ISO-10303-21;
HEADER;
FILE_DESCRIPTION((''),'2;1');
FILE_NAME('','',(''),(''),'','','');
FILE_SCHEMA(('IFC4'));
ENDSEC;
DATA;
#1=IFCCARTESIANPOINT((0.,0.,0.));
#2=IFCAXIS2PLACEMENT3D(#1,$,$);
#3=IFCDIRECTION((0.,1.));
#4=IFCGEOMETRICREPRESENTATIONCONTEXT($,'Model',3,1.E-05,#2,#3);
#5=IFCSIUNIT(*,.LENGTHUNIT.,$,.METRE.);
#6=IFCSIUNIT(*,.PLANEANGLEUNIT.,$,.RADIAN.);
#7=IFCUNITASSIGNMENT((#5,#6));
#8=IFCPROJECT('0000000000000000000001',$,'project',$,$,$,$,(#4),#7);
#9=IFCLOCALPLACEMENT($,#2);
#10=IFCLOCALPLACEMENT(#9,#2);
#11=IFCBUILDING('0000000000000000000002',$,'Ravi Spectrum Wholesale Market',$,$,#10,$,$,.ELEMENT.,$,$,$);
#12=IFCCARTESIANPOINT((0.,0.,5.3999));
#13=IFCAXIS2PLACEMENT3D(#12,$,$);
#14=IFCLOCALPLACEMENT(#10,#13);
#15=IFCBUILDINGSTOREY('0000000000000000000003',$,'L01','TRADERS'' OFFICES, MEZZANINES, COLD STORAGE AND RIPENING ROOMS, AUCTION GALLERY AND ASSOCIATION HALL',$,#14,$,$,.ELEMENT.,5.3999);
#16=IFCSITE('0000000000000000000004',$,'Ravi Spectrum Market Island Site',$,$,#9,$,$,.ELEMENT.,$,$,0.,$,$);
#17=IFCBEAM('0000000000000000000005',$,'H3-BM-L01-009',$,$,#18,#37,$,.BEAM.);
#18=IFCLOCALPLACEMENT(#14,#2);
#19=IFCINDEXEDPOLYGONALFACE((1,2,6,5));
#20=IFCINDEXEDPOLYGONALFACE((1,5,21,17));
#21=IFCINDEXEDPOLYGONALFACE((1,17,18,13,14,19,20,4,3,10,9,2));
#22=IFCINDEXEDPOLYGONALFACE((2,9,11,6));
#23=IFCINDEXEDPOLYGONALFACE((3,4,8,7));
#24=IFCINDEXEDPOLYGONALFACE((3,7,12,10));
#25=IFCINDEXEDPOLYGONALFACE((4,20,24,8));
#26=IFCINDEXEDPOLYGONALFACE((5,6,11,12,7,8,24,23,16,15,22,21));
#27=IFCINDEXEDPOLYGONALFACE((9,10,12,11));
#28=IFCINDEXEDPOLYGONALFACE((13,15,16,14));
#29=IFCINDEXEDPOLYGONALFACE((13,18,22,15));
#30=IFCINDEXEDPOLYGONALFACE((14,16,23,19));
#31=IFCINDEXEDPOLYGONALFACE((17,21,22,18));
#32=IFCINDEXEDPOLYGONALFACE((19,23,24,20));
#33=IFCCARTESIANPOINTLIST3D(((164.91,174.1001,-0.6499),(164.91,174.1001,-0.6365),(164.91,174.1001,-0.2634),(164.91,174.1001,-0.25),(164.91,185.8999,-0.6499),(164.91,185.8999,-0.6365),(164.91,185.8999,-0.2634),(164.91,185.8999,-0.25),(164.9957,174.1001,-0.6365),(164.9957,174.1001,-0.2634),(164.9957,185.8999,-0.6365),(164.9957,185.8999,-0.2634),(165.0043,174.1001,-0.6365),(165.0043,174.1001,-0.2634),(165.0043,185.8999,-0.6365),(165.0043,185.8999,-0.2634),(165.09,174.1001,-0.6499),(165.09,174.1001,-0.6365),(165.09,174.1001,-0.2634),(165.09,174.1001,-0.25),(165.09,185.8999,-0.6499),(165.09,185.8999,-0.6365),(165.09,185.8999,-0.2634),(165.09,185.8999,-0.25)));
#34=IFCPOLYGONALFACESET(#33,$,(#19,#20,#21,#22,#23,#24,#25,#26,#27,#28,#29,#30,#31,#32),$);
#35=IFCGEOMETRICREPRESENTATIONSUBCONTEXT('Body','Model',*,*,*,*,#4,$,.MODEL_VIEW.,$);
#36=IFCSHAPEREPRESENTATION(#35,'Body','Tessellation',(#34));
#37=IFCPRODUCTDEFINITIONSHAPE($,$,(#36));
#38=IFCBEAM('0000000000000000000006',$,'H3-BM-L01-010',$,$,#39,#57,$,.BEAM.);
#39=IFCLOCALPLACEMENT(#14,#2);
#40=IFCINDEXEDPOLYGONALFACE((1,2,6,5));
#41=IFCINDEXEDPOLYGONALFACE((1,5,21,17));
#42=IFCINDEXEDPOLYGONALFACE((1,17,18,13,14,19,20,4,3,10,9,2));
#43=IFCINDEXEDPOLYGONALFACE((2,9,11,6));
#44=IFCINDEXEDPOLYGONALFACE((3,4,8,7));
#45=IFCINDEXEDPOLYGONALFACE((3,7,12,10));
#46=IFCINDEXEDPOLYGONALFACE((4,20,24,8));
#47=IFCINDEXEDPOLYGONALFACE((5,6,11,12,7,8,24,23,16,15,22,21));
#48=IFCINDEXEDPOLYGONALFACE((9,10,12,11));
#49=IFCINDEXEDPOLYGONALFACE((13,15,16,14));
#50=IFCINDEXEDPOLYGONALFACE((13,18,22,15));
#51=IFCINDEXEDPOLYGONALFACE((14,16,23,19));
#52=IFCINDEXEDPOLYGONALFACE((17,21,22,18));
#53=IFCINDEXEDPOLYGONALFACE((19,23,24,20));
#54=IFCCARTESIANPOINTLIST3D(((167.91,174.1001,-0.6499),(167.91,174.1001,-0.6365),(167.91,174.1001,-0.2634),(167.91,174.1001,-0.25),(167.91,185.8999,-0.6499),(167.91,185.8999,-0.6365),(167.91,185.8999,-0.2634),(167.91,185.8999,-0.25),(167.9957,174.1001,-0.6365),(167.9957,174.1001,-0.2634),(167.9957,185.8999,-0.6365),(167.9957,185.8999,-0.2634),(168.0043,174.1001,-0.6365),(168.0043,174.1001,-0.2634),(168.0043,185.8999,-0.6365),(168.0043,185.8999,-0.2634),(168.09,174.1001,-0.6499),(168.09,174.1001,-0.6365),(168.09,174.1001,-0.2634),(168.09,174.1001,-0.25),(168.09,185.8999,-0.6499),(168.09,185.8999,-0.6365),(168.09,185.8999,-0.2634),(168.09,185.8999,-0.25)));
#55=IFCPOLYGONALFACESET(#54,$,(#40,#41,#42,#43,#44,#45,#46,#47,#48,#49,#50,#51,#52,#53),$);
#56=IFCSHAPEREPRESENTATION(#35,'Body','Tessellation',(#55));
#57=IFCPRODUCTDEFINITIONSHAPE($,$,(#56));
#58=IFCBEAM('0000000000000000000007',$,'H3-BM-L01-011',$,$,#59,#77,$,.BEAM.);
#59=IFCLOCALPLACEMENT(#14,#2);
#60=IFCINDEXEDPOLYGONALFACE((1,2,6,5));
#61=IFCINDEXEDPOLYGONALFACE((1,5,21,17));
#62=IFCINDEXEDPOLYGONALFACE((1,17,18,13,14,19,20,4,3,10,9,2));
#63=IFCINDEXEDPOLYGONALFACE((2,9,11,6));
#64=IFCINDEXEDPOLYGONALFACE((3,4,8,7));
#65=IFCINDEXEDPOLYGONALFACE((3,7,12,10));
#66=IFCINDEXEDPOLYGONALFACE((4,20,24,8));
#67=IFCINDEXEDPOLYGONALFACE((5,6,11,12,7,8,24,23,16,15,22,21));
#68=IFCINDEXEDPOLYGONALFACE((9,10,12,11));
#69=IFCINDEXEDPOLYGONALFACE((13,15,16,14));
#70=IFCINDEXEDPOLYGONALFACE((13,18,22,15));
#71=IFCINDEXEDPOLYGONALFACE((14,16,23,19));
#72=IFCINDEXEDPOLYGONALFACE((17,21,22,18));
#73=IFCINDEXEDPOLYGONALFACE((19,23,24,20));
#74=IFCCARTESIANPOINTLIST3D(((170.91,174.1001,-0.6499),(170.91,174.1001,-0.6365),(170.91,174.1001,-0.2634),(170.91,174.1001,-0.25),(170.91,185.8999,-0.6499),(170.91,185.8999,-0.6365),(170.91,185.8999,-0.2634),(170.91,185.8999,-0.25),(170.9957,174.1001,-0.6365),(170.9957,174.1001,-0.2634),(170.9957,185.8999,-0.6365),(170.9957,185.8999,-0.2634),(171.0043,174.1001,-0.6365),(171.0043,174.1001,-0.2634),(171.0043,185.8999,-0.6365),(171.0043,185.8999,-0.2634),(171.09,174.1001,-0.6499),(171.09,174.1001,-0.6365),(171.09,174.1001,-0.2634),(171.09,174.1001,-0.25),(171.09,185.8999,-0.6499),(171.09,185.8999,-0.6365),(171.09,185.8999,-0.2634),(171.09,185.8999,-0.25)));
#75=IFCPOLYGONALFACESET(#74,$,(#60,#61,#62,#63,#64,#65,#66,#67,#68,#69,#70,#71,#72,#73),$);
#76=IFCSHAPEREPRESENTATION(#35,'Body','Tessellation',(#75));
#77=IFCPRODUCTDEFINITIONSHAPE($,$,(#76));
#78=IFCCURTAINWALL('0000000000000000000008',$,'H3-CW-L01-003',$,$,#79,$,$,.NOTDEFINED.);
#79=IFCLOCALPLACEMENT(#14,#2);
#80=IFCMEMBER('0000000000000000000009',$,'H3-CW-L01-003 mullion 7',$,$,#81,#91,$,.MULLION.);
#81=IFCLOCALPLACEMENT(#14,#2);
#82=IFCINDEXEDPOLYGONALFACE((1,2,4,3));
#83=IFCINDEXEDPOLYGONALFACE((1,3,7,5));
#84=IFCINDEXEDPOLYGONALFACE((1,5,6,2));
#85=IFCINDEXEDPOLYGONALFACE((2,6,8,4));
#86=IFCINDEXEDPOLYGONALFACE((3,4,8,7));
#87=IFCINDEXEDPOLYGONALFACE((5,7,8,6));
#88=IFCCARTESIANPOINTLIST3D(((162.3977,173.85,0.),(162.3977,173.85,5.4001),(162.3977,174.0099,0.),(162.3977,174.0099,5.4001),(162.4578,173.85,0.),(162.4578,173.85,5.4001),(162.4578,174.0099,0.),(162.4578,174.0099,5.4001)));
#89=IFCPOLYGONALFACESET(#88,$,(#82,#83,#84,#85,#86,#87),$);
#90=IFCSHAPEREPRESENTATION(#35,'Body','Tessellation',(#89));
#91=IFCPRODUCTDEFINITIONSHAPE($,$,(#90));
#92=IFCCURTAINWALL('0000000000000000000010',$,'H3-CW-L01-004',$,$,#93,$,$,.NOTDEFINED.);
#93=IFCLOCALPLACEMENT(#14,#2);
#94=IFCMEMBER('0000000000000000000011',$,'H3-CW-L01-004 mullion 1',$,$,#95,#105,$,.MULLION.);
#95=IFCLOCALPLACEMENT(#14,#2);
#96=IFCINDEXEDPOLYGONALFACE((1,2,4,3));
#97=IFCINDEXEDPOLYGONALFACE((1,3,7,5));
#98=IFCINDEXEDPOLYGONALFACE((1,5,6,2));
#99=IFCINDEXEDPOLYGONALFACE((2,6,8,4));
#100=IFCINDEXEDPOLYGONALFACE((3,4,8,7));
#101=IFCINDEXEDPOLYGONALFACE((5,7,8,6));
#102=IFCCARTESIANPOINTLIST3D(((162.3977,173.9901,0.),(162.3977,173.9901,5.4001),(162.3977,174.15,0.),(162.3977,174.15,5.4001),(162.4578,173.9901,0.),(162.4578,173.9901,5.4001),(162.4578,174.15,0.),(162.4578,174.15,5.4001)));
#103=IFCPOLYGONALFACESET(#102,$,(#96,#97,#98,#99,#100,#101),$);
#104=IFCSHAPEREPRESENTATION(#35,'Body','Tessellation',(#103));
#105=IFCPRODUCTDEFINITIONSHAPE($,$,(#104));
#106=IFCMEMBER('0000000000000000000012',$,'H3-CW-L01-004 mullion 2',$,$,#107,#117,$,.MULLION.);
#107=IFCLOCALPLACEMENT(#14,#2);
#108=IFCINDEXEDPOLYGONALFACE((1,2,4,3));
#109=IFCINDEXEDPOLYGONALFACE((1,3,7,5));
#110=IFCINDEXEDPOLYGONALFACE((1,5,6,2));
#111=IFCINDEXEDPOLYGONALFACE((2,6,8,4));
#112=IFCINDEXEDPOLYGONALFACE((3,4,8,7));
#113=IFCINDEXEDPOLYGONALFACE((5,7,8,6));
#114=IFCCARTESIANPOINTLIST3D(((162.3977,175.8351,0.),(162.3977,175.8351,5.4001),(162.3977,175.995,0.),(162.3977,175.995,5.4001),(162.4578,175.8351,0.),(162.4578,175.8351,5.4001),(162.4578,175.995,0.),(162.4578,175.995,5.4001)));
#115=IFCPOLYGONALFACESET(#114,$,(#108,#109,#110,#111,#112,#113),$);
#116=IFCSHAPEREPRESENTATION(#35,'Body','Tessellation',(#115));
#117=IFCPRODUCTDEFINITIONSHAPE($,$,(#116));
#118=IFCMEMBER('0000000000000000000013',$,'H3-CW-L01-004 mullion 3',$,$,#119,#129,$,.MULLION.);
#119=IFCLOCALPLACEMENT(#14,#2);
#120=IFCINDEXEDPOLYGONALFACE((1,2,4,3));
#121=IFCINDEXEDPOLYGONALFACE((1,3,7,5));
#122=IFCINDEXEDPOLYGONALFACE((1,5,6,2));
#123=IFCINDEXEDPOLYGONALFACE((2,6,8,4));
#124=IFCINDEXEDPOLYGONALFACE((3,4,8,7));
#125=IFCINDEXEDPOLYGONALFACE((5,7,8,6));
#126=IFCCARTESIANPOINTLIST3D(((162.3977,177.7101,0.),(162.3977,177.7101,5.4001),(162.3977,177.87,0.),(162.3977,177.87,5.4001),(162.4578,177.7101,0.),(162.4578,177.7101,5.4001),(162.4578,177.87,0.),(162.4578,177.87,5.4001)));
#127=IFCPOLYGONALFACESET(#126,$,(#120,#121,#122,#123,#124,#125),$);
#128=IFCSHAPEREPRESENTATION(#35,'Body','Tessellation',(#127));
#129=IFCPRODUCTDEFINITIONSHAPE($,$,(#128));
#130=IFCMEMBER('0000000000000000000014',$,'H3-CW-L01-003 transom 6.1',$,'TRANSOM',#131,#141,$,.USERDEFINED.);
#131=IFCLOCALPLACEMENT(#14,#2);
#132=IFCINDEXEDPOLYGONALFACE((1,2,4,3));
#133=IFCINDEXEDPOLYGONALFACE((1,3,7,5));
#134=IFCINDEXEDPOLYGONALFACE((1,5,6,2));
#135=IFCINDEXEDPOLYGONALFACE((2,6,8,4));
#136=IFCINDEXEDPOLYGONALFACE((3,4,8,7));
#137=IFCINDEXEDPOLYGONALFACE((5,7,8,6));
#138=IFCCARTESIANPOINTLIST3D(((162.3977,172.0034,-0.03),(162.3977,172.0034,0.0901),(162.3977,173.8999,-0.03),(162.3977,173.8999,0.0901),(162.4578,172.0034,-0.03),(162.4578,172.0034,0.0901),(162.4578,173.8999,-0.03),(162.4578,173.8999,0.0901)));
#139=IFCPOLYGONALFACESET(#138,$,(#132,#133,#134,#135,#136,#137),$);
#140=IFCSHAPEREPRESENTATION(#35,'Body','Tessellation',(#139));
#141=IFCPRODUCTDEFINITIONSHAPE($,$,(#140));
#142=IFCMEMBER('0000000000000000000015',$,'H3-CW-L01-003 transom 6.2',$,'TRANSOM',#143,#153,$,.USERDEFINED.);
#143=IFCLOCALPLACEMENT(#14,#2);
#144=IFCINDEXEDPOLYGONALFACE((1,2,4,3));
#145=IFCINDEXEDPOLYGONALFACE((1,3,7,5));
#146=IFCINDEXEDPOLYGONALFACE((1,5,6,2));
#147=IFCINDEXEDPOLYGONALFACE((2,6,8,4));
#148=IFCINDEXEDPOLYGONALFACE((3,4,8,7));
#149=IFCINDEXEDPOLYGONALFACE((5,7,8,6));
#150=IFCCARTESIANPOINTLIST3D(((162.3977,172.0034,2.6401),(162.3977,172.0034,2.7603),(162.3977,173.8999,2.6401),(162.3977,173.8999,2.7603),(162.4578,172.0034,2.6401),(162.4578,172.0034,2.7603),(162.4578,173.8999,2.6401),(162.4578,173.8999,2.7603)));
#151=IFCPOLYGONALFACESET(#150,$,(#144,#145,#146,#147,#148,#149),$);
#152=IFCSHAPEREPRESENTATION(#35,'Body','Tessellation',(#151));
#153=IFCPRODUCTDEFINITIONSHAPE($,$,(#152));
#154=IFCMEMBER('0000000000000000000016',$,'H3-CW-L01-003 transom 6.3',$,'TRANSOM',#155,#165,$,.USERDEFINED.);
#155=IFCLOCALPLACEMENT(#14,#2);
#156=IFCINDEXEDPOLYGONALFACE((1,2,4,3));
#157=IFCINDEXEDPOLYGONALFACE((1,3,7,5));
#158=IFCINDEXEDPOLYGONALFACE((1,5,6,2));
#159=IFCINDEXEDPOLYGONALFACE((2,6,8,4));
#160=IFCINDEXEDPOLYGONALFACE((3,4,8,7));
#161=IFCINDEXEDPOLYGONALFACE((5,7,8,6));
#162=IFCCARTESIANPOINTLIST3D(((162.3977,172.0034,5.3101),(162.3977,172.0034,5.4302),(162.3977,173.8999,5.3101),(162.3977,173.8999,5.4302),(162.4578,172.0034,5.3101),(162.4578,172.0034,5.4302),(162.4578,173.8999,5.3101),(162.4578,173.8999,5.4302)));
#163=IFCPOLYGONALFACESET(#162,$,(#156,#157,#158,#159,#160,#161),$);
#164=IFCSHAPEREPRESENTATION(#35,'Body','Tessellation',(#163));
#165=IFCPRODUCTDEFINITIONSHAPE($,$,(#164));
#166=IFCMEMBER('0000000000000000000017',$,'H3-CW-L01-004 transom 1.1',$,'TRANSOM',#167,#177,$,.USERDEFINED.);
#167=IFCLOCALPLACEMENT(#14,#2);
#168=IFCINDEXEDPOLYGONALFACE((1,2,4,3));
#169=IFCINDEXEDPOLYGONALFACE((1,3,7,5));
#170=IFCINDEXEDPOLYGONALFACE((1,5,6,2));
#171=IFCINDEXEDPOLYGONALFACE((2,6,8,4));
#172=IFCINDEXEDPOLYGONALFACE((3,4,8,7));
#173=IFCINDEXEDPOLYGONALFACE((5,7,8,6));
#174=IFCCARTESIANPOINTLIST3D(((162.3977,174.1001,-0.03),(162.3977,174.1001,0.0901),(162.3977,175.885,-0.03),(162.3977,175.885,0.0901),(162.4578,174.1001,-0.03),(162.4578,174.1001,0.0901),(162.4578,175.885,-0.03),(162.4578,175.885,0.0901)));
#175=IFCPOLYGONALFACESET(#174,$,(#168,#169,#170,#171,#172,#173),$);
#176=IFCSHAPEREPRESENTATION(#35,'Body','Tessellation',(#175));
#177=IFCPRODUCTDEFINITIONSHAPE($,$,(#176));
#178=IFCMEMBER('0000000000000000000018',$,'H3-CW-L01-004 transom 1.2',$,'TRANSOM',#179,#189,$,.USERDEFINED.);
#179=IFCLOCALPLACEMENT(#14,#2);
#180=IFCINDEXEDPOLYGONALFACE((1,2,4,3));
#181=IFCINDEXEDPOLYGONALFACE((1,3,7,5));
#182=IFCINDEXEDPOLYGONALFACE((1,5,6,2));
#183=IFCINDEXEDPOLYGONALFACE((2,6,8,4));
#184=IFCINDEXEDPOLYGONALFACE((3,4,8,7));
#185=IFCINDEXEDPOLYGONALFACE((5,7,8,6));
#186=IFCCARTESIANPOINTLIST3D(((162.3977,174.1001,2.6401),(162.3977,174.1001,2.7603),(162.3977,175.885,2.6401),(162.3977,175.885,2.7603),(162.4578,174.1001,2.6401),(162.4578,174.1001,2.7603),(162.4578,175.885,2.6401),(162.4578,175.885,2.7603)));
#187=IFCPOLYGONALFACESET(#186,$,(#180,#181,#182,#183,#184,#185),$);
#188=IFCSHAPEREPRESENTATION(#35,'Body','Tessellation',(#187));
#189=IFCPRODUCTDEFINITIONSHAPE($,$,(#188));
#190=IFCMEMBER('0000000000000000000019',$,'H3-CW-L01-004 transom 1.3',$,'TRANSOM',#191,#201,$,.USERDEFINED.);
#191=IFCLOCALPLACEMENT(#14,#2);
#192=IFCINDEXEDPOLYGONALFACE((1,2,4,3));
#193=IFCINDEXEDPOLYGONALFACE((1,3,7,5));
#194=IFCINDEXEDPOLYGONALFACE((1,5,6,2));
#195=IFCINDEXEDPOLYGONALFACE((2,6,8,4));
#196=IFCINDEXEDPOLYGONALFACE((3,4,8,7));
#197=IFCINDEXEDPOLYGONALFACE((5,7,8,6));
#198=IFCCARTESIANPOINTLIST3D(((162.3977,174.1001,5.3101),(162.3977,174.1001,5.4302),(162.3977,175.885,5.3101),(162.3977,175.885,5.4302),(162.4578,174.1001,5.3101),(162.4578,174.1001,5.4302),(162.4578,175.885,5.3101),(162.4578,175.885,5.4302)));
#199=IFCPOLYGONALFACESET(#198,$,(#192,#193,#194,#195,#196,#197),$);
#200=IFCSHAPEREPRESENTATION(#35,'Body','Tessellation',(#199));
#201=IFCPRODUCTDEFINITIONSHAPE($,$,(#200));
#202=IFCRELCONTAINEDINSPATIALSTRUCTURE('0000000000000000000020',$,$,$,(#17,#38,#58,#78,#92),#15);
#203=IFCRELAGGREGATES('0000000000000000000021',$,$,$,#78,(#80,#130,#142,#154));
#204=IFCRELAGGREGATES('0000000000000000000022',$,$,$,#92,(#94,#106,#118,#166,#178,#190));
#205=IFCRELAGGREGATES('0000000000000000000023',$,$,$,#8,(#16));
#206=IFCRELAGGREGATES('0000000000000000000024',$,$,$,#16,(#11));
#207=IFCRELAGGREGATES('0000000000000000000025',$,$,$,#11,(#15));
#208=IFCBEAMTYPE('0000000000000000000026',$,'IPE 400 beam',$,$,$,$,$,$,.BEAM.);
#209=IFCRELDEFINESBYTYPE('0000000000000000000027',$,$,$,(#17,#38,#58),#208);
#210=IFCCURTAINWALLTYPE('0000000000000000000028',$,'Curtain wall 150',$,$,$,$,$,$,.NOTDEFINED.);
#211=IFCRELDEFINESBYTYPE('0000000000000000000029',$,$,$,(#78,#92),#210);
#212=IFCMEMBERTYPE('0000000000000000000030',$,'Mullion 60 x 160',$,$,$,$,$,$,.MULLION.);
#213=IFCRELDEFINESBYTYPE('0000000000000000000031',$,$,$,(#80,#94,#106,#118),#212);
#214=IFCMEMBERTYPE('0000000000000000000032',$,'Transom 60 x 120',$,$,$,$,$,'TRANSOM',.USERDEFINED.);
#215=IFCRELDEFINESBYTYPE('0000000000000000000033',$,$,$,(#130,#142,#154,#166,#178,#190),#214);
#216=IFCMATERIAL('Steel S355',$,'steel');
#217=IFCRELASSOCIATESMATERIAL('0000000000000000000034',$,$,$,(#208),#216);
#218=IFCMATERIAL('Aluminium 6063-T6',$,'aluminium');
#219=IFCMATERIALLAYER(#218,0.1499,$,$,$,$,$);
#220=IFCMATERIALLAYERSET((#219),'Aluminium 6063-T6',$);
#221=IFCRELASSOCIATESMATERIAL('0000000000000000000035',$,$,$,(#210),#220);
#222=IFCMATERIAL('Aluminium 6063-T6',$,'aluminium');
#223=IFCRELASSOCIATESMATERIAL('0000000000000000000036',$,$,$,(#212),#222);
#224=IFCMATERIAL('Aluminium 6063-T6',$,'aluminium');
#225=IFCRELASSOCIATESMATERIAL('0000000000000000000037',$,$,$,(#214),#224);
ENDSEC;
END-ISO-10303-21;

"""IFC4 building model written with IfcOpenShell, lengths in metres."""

from ifc_helpers import new_model, si_unit, direction, frame, origin, origin_2d, place, context, subcontext, project, spatial, rectangle, i_section, extrude, material, layer, layer_set, material_profile, profile_set, type_object, element, aggregate, save


model = new_model("IFC4")

# Units and contexts
model_context = context("Model", 3, precision=1e-05, world=origin(), true_north=direction((0.0, 1.0)))
body_context = subcontext(model_context, "Body", "Model", "MODEL_VIEW")
ifc_project = project(units=[si_unit("LENGTHUNIT", "METRE"), si_unit("PLANEANGLEUNIT", "RADIAN")], contexts=[model_context])

# Site, building, storey
site_placement = place(None, origin())
site = spatial("IfcSite", under=ifc_project, at=site_placement, Name="Ravi Spectrum Market Island Site", CompositionType="ELEMENT", RefElevation=0.0)
building_placement = place(site_placement, origin())
building = spatial("IfcBuilding", under=site, at=building_placement, Name="Ravi Spectrum Wholesale Market", CompositionType="ELEMENT")
storey_placement = place(building_placement, frame((0.0, 0.0, 5.3999)))
storey = spatial("IfcBuildingStorey", under=building, at=storey_placement, Name="L01", Description="TRADERS' OFFICES, MEZZANINES, COLD STORAGE AND RIPENING ROOMS, AUCTION GALLERY AND ASSOCIATION HALL", CompositionType="ELEMENT", Elevation=5.3999)

# Beams
ifc_material_1 = material(Name="Steel S355", Category="steel")
ifc_material_profile_1 = material_profile(ifc_material_1, i_section(OverallWidth=0.1799, OverallDepth=0.3999, WebThickness=0.0085, FlangeThickness=0.0134, at=origin_2d()))
ifc_profile_set_1 = profile_set([ifc_material_profile_1], Name="Steel S355")
beam_type = type_object("IfcBeamType", Name="IPE 400 beam", PredefinedType="BEAM", material=ifc_profile_set_1)
for number, where, z_axis, x_axis, name in (
    (1, (165.0, 174.1001, -0.45), (0.0, 1.0, 0.0), (-1.0, 0.0, 0.0), "H3-BM-L01-009"),
    (2, (168.0, 174.1001, -0.45), (0.0, 1.0, 0.0), (-1.0, 0.0, 0.0), "H3-BM-L01-010"),
    (3, (171.0, 174.1001, -0.45), (0.0, 1.0, 0.0), (-1.0, 0.0, 0.0), "H3-BM-L01-011"),
):
    element("IfcBeam", number, at=place(storey_placement, frame(where, z_axis=z_axis, x_axis=x_axis)), inside=storey, type_object=beam_type, Name=name, PredefinedType="BEAM", context=body_context, shape_type="SweptSolid", body=[
        extrude(i_section(OverallWidth=0.1799, OverallDepth=0.3999, WebThickness=0.0085, FlangeThickness=0.0134, at=origin_2d()), origin(), (0.0, 0.0, 1.0), 11.7998),
    ])

# Curtain wall, member
ifc_material_2 = material(Name="Aluminium 6063-T6", Category="aluminium")
ifc_layer_1 = layer(ifc_material_2, 0.1499)
ifc_layer_set_1 = layer_set([ifc_layer_1], Name="Aluminium 6063-T6")
curtain_wall_type = type_object("IfcCurtainWallType", Name="Curtain wall 150", PredefinedType="NOTDEFINED", material=ifc_layer_set_1)
curtain_wall_1_placement = place(storey_placement, origin())
curtain_wall_1 = element("IfcCurtainWall", 4, at=curtain_wall_1_placement, inside=storey, type_object=curtain_wall_type, Name="H3-CW-L01-003", PredefinedType="NOTDEFINED")
ifc_material_3 = material(Name="Aluminium 6063-T6", Category="aluminium")
ifc_material_profile_2 = material_profile(ifc_material_3, rectangle(XDim=0.0601, YDim=0.1599, at=origin_2d()))
ifc_profile_set_2 = profile_set([ifc_material_profile_2], Name="Aluminium 6063-T6")
member_type_1 = type_object("IfcMemberType", Name="Mullion 60 x 160", PredefinedType="MULLION", material=ifc_profile_set_2)
member_1_placement = place(storey_placement, frame((162.4277, 173.9299, 0.0), z_axis=(0.0, 0.0, 1.0), x_axis=(-1.0, 0.0, 0.0)))
member_1 = element("IfcMember", 5, at=member_1_placement, type_object=member_type_1, Name="H3-CW-L01-003 mullion 7", PredefinedType="MULLION", context=body_context, shape_type="SweptSolid", body=[
    extrude(rectangle(XDim=0.0601, YDim=0.1599, at=origin_2d()), origin(), (0.0, 0.0, 1.0), 5.4001),
])

# Curtain wall, members
curtain_wall_2_placement = place(storey_placement, origin())
curtain_wall_2 = element("IfcCurtainWall", 6, at=curtain_wall_2_placement, inside=storey, type_object=curtain_wall_type, Name="H3-CW-L01-004", PredefinedType="NOTDEFINED")
member_2_placement = place(storey_placement, frame((162.4277, 174.0701, 0.0), z_axis=(0.0, 0.0, 1.0), x_axis=(-1.0, 0.0, 0.0)))
member_2 = element("IfcMember", 7, at=member_2_placement, type_object=member_type_1, Name="H3-CW-L01-004 mullion 1", PredefinedType="MULLION", context=body_context, shape_type="SweptSolid", body=[
    extrude(rectangle(XDim=0.0601, YDim=0.1599, at=origin_2d()), origin(), (0.0, 0.0, 1.0), 5.4001),
])
member_3_placement = place(storey_placement, frame((162.4277, 175.915, 0.0), z_axis=(0.0, 0.0, 1.0), x_axis=(-1.0, 0.0, 0.0)))
member_3 = element("IfcMember", 8, at=member_3_placement, type_object=member_type_1, Name="H3-CW-L01-004 mullion 2", PredefinedType="MULLION", context=body_context, shape_type="SweptSolid", body=[
    extrude(rectangle(XDim=0.0601, YDim=0.1599, at=origin_2d()), origin(), (0.0, 0.0, 1.0), 5.4001),
])
member_4_placement = place(storey_placement, frame((162.4277, 177.79, 0.0), z_axis=(0.0, 0.0, 1.0), x_axis=(-1.0, 0.0, 0.0)))
member_4 = element("IfcMember", 9, at=member_4_placement, type_object=member_type_1, Name="H3-CW-L01-004 mullion 3", PredefinedType="MULLION", context=body_context, shape_type="SweptSolid", body=[
    extrude(rectangle(XDim=0.0601, YDim=0.1599, at=origin_2d()), origin(), (0.0, 0.0, 1.0), 5.4001),
])

# Members
ifc_material_4 = material(Name="Aluminium 6063-T6", Category="aluminium")
ifc_material_profile_3 = material_profile(ifc_material_4, rectangle(XDim=0.0601, YDim=0.1201, at=origin_2d()))
ifc_profile_set_3 = profile_set([ifc_material_profile_3], Name="Aluminium 6063-T6")
member_type_2 = type_object("IfcMemberType", Name="Transom 60 x 120", ElementType="TRANSOM", PredefinedType="USERDEFINED", material=ifc_profile_set_3)
member_5_placement = place(storey_placement, frame((162.4277, 172.0034, 0.03), z_axis=(0.0, 1.0, 0.0), x_axis=(-1.0, 0.0, 0.0)))
member_5 = element("IfcMember", 10, at=member_5_placement, type_object=member_type_2, Name="H3-CW-L01-003 transom 6.1", ObjectType="TRANSOM", PredefinedType="USERDEFINED", context=body_context, shape_type="SweptSolid", body=[
    extrude(rectangle(XDim=0.0601, YDim=0.1201, at=origin_2d()), origin(), (0.0, 0.0, 1.0), 1.8965),
])
member_6_placement = place(storey_placement, frame((162.4277, 172.0034, 2.7002), z_axis=(0.0, 1.0, 0.0), x_axis=(-1.0, 0.0, 0.0)))
member_6 = element("IfcMember", 11, at=member_6_placement, type_object=member_type_2, Name="H3-CW-L01-003 transom 6.2", ObjectType="TRANSOM", PredefinedType="USERDEFINED", context=body_context, shape_type="SweptSolid", body=[
    extrude(rectangle(XDim=0.0601, YDim=0.1201, at=origin_2d()), origin(), (0.0, 0.0, 1.0), 1.8965),
])
member_7_placement = place(storey_placement, frame((162.4277, 172.0034, 5.3701), z_axis=(0.0, 1.0, 0.0), x_axis=(-1.0, 0.0, 0.0)))
member_7 = element("IfcMember", 12, at=member_7_placement, type_object=member_type_2, Name="H3-CW-L01-003 transom 6.3", ObjectType="TRANSOM", PredefinedType="USERDEFINED", context=body_context, shape_type="SweptSolid", body=[
    extrude(rectangle(XDim=0.0601, YDim=0.1201, at=origin_2d()), origin(), (0.0, 0.0, 1.0), 1.8965),
])
member_8_placement = place(storey_placement, frame((162.4277, 174.1001, 0.03), z_axis=(0.0, 1.0, 0.0), x_axis=(-1.0, 0.0, 0.0)))
member_8 = element("IfcMember", 13, at=member_8_placement, type_object=member_type_2, Name="H3-CW-L01-004 transom 1.1", ObjectType="TRANSOM", PredefinedType="USERDEFINED", context=body_context, shape_type="SweptSolid", body=[
    extrude(rectangle(XDim=0.0601, YDim=0.1201, at=origin_2d()), origin(), (0.0, 0.0, 1.0), 1.7849),
])
member_9_placement = place(storey_placement, frame((162.4277, 174.1001, 2.7002), z_axis=(0.0, 1.0, 0.0), x_axis=(-1.0, 0.0, 0.0)))
member_9 = element("IfcMember", 14, at=member_9_placement, type_object=member_type_2, Name="H3-CW-L01-004 transom 1.2", ObjectType="TRANSOM", PredefinedType="USERDEFINED", context=body_context, shape_type="SweptSolid", body=[
    extrude(rectangle(XDim=0.0601, YDim=0.1201, at=origin_2d()), origin(), (0.0, 0.0, 1.0), 1.7849),
])
member_10_placement = place(storey_placement, frame((162.4277, 174.1001, 5.3701), z_axis=(0.0, 1.0, 0.0), x_axis=(-1.0, 0.0, 0.0)))
member_10 = element("IfcMember", 15, at=member_10_placement, type_object=member_type_2, Name="H3-CW-L01-004 transom 1.3", ObjectType="TRANSOM", PredefinedType="USERDEFINED", context=body_context, shape_type="SweptSolid", body=[
    extrude(rectangle(XDim=0.0601, YDim=0.1201, at=origin_2d()), origin(), (0.0, 0.0, 1.0), 1.7849),
])

aggregate(curtain_wall_1, [member_1, member_5, member_6, member_7])
aggregate(curtain_wall_2, [member_2, member_3, member_4, member_8, member_9, member_10])

save(model, "model.ifc")
